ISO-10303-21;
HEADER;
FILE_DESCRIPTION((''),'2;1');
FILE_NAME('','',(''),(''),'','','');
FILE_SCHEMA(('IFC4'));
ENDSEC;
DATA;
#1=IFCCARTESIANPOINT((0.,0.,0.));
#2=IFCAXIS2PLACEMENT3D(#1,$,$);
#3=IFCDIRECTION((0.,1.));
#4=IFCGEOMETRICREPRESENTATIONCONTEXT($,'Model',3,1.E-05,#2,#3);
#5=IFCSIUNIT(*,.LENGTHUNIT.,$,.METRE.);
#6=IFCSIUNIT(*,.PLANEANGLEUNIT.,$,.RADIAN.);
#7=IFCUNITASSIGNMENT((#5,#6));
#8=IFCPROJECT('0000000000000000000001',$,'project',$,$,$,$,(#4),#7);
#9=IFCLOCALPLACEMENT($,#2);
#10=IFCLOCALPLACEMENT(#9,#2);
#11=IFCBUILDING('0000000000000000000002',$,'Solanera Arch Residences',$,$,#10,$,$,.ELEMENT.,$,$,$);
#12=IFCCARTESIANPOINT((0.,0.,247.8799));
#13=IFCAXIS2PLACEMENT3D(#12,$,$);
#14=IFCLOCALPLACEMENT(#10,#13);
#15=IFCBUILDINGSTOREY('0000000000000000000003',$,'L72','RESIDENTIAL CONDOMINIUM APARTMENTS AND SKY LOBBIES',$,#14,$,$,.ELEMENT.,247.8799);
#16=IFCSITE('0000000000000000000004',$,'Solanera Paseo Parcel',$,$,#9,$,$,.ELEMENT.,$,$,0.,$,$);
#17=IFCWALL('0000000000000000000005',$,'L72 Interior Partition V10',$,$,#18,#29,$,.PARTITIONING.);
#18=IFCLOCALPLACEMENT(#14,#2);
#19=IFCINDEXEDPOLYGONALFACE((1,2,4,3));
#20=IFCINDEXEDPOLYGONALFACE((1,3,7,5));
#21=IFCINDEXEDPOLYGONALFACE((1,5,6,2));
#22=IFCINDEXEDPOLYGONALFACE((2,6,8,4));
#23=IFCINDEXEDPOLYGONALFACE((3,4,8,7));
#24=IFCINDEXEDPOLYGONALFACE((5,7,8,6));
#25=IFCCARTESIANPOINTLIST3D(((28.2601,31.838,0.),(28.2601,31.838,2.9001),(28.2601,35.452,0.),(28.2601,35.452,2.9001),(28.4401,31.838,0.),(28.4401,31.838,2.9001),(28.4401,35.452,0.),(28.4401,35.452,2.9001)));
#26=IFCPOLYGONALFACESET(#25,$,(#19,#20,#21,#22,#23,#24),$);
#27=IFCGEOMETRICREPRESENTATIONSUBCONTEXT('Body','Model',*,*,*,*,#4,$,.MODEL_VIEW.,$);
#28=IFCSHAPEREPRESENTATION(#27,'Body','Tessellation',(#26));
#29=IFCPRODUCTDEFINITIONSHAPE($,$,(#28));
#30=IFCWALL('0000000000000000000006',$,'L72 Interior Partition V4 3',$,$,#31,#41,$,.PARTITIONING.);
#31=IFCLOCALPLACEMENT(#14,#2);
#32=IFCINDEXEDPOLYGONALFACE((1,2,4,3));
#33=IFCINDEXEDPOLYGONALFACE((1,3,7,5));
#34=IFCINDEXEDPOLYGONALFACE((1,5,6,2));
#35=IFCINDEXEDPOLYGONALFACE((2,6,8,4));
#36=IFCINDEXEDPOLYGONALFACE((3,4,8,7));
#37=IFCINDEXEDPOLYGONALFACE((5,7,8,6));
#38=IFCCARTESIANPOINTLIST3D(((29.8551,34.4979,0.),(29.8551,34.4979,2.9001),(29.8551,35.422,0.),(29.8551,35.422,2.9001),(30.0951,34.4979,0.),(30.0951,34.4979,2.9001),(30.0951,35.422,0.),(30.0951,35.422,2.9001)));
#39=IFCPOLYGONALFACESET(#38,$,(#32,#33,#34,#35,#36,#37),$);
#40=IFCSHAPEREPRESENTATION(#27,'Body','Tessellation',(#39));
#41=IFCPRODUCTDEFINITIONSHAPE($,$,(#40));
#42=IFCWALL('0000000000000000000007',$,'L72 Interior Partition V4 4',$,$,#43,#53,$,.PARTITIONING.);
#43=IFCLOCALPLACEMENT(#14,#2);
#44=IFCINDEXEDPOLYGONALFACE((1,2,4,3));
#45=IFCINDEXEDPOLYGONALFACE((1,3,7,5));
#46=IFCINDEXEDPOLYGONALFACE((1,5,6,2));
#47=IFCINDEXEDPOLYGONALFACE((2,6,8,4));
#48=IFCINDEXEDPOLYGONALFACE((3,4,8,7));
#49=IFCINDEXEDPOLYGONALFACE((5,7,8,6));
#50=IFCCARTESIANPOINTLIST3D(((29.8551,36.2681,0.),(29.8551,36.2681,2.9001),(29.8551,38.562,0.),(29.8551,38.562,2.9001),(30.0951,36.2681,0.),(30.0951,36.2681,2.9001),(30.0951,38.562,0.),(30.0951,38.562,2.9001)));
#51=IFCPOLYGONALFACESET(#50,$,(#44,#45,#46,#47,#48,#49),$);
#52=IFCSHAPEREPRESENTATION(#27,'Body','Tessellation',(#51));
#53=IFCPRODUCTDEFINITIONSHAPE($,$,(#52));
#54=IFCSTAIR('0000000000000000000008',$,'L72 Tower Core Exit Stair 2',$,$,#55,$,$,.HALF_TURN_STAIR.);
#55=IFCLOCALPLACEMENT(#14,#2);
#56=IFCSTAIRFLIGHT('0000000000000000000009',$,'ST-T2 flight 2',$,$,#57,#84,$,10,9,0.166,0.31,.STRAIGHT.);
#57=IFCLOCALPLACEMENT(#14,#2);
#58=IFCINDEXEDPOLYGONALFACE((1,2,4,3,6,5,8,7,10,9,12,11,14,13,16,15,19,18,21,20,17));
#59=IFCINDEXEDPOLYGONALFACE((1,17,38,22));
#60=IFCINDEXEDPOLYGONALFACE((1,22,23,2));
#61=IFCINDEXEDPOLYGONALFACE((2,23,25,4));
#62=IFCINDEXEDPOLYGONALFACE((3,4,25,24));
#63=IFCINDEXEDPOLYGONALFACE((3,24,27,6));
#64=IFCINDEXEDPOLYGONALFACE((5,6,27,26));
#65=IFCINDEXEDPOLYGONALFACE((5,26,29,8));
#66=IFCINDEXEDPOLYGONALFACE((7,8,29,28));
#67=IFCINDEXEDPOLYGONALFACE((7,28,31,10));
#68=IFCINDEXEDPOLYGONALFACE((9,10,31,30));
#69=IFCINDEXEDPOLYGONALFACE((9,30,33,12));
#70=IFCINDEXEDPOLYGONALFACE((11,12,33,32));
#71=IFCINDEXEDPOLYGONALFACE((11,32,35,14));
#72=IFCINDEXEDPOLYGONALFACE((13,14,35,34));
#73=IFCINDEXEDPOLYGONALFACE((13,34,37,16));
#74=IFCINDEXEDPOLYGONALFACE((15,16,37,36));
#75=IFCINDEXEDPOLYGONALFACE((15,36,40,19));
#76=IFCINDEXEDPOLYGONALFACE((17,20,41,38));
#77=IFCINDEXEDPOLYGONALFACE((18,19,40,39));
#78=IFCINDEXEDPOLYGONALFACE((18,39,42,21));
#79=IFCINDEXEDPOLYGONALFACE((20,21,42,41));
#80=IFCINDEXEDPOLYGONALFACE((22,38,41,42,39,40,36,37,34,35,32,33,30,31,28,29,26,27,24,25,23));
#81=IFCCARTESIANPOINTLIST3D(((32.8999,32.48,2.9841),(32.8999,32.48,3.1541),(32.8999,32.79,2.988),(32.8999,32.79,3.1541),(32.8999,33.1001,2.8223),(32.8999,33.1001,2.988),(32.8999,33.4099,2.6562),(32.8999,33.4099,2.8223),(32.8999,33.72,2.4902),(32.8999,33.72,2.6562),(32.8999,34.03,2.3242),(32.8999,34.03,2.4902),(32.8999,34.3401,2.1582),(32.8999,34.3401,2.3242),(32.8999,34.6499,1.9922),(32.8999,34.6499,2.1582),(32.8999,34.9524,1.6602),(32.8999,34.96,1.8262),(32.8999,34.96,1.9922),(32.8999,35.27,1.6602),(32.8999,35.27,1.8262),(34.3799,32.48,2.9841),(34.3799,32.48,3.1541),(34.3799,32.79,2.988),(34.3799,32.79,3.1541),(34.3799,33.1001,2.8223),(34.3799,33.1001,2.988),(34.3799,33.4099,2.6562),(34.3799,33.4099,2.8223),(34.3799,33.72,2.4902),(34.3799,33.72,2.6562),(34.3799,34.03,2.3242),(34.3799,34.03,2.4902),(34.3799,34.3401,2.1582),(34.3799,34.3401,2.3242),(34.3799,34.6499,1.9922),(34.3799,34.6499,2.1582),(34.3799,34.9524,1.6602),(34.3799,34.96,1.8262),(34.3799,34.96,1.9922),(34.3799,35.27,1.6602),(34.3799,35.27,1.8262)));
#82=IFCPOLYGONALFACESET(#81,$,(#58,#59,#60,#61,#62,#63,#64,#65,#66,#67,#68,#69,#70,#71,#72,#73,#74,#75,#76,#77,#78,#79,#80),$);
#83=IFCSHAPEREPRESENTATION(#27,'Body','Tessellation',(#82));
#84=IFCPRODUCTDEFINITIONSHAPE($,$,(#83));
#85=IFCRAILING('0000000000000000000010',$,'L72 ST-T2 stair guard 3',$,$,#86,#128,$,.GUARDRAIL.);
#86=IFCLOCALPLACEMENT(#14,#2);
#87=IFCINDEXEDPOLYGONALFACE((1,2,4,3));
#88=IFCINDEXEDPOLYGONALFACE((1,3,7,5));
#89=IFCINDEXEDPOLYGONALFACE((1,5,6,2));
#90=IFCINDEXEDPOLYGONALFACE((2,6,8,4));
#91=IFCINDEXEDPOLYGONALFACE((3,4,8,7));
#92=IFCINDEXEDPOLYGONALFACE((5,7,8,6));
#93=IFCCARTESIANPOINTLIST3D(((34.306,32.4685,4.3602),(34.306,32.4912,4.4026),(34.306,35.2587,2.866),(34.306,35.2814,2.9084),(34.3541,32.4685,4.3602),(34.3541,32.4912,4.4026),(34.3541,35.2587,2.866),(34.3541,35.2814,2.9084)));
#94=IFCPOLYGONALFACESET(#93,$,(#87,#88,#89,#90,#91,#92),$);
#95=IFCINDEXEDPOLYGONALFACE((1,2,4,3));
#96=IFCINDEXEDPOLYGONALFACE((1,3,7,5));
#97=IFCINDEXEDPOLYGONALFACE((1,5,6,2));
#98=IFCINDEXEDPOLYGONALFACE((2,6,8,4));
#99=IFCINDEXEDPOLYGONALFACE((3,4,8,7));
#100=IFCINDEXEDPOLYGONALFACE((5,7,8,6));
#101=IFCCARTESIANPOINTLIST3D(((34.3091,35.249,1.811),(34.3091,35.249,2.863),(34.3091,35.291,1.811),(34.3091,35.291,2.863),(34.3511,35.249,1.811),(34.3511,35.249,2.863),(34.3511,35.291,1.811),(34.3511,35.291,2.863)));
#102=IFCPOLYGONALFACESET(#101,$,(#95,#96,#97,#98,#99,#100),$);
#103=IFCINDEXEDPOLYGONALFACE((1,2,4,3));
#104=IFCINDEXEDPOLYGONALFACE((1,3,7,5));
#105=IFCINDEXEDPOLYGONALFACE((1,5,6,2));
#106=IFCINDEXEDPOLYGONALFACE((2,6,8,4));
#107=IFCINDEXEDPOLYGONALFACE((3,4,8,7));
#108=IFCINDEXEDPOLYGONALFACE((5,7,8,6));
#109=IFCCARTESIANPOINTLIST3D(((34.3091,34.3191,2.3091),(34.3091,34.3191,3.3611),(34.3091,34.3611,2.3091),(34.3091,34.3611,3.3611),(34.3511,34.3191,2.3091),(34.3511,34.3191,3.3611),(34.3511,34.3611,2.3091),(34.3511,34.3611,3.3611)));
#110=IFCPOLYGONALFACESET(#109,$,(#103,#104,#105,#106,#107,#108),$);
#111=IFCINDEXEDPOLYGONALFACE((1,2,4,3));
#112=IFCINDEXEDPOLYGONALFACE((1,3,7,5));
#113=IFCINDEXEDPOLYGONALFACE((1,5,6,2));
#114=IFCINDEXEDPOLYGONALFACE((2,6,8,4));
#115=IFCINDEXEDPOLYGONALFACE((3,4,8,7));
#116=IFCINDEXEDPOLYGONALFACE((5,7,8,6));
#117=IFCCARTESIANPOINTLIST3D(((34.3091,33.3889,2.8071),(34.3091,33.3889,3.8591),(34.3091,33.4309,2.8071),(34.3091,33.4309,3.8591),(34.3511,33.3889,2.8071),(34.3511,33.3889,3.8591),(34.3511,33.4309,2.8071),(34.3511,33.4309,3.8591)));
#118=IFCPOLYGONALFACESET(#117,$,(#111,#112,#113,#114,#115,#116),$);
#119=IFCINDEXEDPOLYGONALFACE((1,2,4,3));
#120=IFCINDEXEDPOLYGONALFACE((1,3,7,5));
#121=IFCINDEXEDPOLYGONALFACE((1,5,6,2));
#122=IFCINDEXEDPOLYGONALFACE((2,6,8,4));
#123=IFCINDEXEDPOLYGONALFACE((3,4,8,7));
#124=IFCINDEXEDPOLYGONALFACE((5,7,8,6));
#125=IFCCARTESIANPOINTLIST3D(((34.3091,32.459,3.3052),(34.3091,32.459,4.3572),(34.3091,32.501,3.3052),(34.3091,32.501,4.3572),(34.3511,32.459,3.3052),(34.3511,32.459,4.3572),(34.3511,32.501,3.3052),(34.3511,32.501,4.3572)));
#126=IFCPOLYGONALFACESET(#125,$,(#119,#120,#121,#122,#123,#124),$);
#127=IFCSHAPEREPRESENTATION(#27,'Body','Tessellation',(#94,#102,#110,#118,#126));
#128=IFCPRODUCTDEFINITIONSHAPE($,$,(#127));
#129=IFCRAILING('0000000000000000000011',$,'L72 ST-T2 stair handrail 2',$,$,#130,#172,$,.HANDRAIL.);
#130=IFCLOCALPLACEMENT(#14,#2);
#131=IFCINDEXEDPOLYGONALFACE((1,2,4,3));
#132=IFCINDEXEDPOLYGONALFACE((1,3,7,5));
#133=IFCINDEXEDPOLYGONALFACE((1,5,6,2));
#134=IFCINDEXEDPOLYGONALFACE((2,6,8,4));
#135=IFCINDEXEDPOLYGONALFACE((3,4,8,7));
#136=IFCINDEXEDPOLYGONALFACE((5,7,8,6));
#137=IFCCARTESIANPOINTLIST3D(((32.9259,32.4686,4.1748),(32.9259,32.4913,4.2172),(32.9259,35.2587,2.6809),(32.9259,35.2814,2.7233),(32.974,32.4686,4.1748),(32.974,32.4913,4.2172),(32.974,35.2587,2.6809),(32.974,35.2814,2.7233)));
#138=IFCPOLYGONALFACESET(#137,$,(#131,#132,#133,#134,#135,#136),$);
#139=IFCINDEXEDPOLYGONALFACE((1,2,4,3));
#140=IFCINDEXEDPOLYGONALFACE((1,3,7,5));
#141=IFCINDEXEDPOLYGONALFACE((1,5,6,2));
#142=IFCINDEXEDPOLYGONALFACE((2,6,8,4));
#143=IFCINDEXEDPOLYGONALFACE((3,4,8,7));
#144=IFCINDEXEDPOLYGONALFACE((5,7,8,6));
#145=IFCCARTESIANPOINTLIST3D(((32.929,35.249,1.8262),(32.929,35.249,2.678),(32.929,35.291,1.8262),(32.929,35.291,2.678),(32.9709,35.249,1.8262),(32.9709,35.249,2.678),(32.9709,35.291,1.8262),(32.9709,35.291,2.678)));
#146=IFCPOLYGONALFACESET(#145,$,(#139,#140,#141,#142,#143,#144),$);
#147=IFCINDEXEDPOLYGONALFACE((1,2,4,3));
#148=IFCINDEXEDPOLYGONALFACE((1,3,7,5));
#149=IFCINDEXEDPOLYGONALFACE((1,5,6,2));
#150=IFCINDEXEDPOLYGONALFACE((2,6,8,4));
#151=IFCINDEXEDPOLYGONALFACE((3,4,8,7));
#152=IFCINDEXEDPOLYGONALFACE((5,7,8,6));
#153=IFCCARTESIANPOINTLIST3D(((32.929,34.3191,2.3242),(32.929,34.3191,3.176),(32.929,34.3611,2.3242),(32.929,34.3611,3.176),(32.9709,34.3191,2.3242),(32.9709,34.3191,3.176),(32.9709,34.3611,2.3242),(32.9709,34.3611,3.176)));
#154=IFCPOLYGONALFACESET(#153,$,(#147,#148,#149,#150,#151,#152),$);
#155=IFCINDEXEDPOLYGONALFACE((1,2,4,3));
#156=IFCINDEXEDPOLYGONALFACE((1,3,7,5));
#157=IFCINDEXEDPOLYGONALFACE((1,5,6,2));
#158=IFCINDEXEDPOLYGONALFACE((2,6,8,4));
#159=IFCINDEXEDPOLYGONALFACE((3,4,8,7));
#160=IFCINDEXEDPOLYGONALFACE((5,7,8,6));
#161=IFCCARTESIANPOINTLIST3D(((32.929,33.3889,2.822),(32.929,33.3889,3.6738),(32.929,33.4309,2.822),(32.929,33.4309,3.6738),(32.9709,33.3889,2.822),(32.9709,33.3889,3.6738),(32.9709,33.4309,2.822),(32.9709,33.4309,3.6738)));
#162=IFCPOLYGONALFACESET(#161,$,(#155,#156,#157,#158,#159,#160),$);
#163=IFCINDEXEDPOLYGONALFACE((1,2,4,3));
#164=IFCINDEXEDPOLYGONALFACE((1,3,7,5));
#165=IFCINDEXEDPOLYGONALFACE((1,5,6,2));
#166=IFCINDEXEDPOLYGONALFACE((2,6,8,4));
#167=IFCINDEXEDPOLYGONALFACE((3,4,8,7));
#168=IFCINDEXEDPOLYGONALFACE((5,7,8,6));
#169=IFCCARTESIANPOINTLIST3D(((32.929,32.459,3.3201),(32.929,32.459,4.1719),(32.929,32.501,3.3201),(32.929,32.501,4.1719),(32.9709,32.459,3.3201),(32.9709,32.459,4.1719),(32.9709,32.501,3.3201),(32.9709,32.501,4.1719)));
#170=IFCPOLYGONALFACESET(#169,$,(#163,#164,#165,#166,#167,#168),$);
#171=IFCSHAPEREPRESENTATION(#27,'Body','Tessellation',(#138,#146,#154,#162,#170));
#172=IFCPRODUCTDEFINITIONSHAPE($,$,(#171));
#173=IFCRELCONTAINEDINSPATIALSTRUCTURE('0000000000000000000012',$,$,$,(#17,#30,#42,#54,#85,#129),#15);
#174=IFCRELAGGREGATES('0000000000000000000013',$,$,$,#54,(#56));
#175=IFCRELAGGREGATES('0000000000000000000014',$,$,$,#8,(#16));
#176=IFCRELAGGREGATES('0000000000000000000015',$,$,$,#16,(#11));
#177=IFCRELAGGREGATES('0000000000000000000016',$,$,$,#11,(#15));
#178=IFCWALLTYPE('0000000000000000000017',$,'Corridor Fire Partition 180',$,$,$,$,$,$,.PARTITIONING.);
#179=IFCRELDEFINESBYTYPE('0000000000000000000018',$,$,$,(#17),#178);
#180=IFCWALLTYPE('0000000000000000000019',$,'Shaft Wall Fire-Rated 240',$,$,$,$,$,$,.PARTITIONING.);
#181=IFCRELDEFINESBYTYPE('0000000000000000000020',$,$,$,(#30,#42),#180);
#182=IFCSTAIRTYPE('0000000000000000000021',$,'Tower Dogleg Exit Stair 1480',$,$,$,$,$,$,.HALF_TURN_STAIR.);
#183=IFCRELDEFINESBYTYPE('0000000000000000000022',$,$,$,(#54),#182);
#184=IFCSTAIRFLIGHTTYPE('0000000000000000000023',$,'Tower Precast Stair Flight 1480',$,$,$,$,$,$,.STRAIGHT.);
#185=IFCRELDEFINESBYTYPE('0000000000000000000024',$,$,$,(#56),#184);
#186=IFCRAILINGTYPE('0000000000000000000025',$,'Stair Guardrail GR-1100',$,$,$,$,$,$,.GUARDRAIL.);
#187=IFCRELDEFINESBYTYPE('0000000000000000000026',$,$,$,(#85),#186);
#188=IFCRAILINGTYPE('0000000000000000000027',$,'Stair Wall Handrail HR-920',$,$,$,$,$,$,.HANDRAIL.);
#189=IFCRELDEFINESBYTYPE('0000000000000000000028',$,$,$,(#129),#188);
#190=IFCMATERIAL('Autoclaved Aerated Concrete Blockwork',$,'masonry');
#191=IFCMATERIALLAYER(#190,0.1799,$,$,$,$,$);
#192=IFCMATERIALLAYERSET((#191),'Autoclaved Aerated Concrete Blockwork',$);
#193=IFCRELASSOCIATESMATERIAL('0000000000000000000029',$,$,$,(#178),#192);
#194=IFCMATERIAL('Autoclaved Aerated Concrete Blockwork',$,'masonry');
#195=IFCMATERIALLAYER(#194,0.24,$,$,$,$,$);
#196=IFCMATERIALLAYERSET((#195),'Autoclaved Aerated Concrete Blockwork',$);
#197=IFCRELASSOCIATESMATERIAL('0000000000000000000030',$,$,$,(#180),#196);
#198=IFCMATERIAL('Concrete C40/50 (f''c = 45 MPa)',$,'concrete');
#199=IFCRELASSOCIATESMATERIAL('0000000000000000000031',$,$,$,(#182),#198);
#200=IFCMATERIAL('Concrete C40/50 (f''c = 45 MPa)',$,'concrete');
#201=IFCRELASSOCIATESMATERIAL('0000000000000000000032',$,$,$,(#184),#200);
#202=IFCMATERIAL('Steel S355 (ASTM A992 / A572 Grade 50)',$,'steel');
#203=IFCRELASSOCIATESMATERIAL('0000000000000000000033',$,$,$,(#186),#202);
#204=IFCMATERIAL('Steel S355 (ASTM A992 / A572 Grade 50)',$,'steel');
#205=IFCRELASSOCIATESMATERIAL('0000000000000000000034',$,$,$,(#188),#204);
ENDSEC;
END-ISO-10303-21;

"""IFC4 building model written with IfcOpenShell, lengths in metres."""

from ifc_helpers import new_model, si_unit, direction, frame, frame_2d, origin, origin_2d, place, context, subcontext, project, spatial, polyline, rectangle, outline, extrude, material, layer, layer_set, type_object, element, aggregate, save


model = new_model("IFC4")

# Units and contexts
model_context = context("Model", 3, precision=1e-05, world=origin(), true_north=direction((0.0, 1.0)))
body_context = subcontext(model_context, "Body", "Model", "MODEL_VIEW")
ifc_project = project(units=[si_unit("LENGTHUNIT", "METRE"), si_unit("PLANEANGLEUNIT", "RADIAN")], contexts=[model_context])

# Site, building, storey
site_placement = place(None, origin())
site = spatial("IfcSite", under=ifc_project, at=site_placement, Name="Solanera Paseo Parcel", CompositionType="ELEMENT", RefElevation=0.0)
building_placement = place(site_placement, origin())
building = spatial("IfcBuilding", under=site, at=building_placement, Name="Solanera Arch Residences", CompositionType="ELEMENT")
storey_placement = place(building_placement, frame((0.0, 0.0, 247.8799)))
storey = spatial("IfcBuildingStorey", under=building, at=storey_placement, Name="L72", Description="RESIDENTIAL CONDOMINIUM APARTMENTS AND SKY LOBBIES", CompositionType="ELEMENT", Elevation=247.8799)

# Shared definitions
ifc_material_1 = material(Name="Autoclaved Aerated Concrete Blockwork", Category="masonry")
ifc_layer_1 = layer(ifc_material_1, 0.1799)
ifc_layer_set_1 = layer_set([ifc_layer_1], Name="Autoclaved Aerated Concrete Blockwork")
wall_type_1 = type_object("IfcWallType", Name="Corridor Fire Partition 180", PredefinedType="PARTITIONING", material=ifc_layer_set_1)

# Wall
wall_1_placement = place(storey_placement, frame((28.3501, 31.8379, 0.0), z_axis=(0.0, 0.0, 1.0), x_axis=(0.0, 1.0, 0.0)))
element("IfcWall", 1, at=wall_1_placement, inside=storey, type_object=wall_type_1, Name="L72 Interior Partition V10", PredefinedType="PARTITIONING", context=body_context, shape_type="SweptSolid", body=[
    extrude(rectangle(XDim=3.614, YDim=0.1799, at=frame_2d((1.8071, 0.0))), origin(), (0.0, 0.0, 1.0), 2.9001),
])

# Shared definitions
ifc_material_2 = material(Name="Autoclaved Aerated Concrete Blockwork", Category="masonry")
ifc_layer_2 = layer(ifc_material_2, 0.24)
ifc_layer_set_2 = layer_set([ifc_layer_2], Name="Autoclaved Aerated Concrete Blockwork")
wall_type_2 = type_object("IfcWallType", Name="Shaft Wall Fire-Rated 240", PredefinedType="PARTITIONING", material=ifc_layer_set_2)

# Walls
wall_2_placement = place(storey_placement, frame((29.9751, 34.498, 0.0), z_axis=(0.0, 0.0, 1.0), x_axis=(0.0, 1.0, 0.0)))
element("IfcWall", 2, at=wall_2_placement, inside=storey, type_object=wall_type_2, Name="L72 Interior Partition V4 3", PredefinedType="PARTITIONING", context=body_context, shape_type="SweptSolid", body=[
    extrude(rectangle(XDim=0.9241, YDim=0.24, at=frame_2d((0.4619, 0.0))), origin(), (0.0, 0.0, 1.0), 2.9001),
])
wall_3_placement = place(storey_placement, frame((29.9751, 36.2681, 0.0), z_axis=(0.0, 0.0, 1.0), x_axis=(0.0, 1.0, 0.0)))
element("IfcWall", 3, at=wall_3_placement, inside=storey, type_object=wall_type_2, Name="L72 Interior Partition V4 4", PredefinedType="PARTITIONING", context=body_context, shape_type="SweptSolid", body=[
    extrude(rectangle(XDim=2.2939, YDim=0.24, at=frame_2d((1.147, 0.0))), origin(), (0.0, 0.0, 1.0), 2.9001),
])

# Stair, stair flight
ifc_material_3 = material(Name="Concrete C40/50 (f'c = 45 MPa)", Category="concrete")
stair_type = type_object("IfcStairType", Name="Tower Dogleg Exit Stair 1480", PredefinedType="HALF_TURN_STAIR", material=ifc_material_3)
stair_placement = place(storey_placement, origin())
stair = element("IfcStair", 4, at=stair_placement, inside=storey, type_object=stair_type, Name="L72 Tower Core Exit Stair 2", PredefinedType="HALF_TURN_STAIR")
ifc_material_4 = material(Name="Concrete C40/50 (f'c = 45 MPa)", Category="concrete")
stair_flight_type = type_object("IfcStairFlightType", Name="Tower Precast Stair Flight 1480", PredefinedType="STRAIGHT", material=ifc_material_4)
stair_flight_placement = place(storey_placement, frame((33.6399, 35.27, 1.6602), z_axis=(0.0, 0.0, 1.0), x_axis=(0.0, -1.0, 0.0)))
stair_flight = element("IfcStairFlight", 5, at=stair_flight_placement, type_object=stair_flight_type, Name="ST-T2 flight 2", NumberOfRisers=10, NumberOfTreads=9, PredefinedType="STRAIGHT", RiserHeight=0.166, TreadLength=0.31, context=body_context, shape_type="SweptSolid", body=[
    extrude(outline(polyline([(0.0, 0.0), (0.0, 0.166), (0.3101, 0.166), (0.3101, 0.332), (0.6201, 0.332), (0.6201, 0.498), (0.9299, 0.498), (0.9299, 0.6641), (1.24, 0.6641), (1.24, 0.8301), (1.55, 0.8301), (1.55, 0.9961), (1.8601, 0.9961), (1.8601, 1.1621), (2.1699, 1.1621), (2.1699, 1.3279), (2.48, 1.3279), (2.48, 1.4939), (2.79, 1.4939), (2.79, 1.6599), (2.79, 1.324), (0.3176, 0.0), (0.0, 0.0)])), frame((0.0, 0.74, 0.0), z_axis=(0.0, -1.0, 0.0), x_axis=(1.0, 0.0, 0.0)), (0.0, 0.0, 1.0), 1.48),
])
aggregate(stair, [stair_flight])

# Railings
ifc_material_5 = material(Name="Steel S355 (ASTM A992 / A572 Grade 50)", Category="steel")
railing_type_1 = type_object("IfcRailingType", Name="Stair Guardrail GR-1100", PredefinedType="GUARDRAIL", material=ifc_material_5)
railing_1_placement = place(storey_placement, frame((34.3301, 35.27, 1.811)))
element("IfcRailing", 6, at=railing_1_placement, inside=storey, type_object=railing_type_1, Name="L72 ST-T2 stair guard 3", PredefinedType="GUARDRAIL", context=body_context, shape_type="SweptSolid", body=[
    extrude(rectangle(XDim=0.0481, YDim=0.0481, at=origin_2d()), frame((0.0, 0.0, 1.0762), z_axis=(0.0, -0.881549, 0.472093), x_axis=(1.0, 0.0, 0.0)), (0.0, 0.0, 1.0), 3.165),
    extrude(rectangle(XDim=0.042, YDim=0.042, at=origin_2d()), origin(), (0.0, 0.0, 1.0), 1.052),
    extrude(rectangle(XDim=0.042, YDim=0.042, at=origin_2d()), frame((0.0, -0.9299, 0.498)), (0.0, 0.0, 1.0), 1.052),
    extrude(rectangle(XDim=0.042, YDim=0.042, at=origin_2d()), frame((0.0, -1.8601, 0.9961)), (0.0, 0.0, 1.0), 1.052),
    extrude(rectangle(XDim=0.042, YDim=0.042, at=origin_2d()), frame((0.0, -2.79, 1.4941)), (0.0, 0.0, 1.0), 1.052),
])
ifc_material_6 = material(Name="Steel S355 (ASTM A992 / A572 Grade 50)", Category="steel")
railing_type_2 = type_object("IfcRailingType", Name="Stair Wall Handrail HR-920", PredefinedType="HANDRAIL", material=ifc_material_6)
railing_2_placement = place(storey_placement, frame((32.95, 35.27, 1.8262)))
element("IfcRailing", 7, at=railing_2_placement, inside=storey, type_object=railing_type_2, Name="L72 ST-T2 stair handrail 2", PredefinedType="HANDRAIL", context=body_context, shape_type="SweptSolid", body=[
    extrude(rectangle(XDim=0.0481, YDim=0.0481, at=origin_2d()), frame((0.0, 0.0, 0.876), z_axis=(0.0, -0.881581, 0.472033), x_axis=(1.0, 0.0, 0.0)), (0.0, 0.0, 1.0), 3.1648),
    extrude(rectangle(XDim=0.042, YDim=0.042, at=origin_2d()), origin(), (0.0, 0.0, 1.0), 0.8518),
    extrude(rectangle(XDim=0.042, YDim=0.042, at=origin_2d()), frame((0.0, -0.9299, 0.498)), (0.0, 0.0, 1.0), 0.8518),
    extrude(rectangle(XDim=0.042, YDim=0.042, at=origin_2d()), frame((0.0, -1.8601, 0.9958)), (0.0, 0.0, 1.0), 0.8518),
    extrude(rectangle(XDim=0.042, YDim=0.042, at=origin_2d()), frame((0.0, -2.79, 1.4939)), (0.0, 0.0, 1.0), 0.8518),
])

save(model, "model.ifc")
